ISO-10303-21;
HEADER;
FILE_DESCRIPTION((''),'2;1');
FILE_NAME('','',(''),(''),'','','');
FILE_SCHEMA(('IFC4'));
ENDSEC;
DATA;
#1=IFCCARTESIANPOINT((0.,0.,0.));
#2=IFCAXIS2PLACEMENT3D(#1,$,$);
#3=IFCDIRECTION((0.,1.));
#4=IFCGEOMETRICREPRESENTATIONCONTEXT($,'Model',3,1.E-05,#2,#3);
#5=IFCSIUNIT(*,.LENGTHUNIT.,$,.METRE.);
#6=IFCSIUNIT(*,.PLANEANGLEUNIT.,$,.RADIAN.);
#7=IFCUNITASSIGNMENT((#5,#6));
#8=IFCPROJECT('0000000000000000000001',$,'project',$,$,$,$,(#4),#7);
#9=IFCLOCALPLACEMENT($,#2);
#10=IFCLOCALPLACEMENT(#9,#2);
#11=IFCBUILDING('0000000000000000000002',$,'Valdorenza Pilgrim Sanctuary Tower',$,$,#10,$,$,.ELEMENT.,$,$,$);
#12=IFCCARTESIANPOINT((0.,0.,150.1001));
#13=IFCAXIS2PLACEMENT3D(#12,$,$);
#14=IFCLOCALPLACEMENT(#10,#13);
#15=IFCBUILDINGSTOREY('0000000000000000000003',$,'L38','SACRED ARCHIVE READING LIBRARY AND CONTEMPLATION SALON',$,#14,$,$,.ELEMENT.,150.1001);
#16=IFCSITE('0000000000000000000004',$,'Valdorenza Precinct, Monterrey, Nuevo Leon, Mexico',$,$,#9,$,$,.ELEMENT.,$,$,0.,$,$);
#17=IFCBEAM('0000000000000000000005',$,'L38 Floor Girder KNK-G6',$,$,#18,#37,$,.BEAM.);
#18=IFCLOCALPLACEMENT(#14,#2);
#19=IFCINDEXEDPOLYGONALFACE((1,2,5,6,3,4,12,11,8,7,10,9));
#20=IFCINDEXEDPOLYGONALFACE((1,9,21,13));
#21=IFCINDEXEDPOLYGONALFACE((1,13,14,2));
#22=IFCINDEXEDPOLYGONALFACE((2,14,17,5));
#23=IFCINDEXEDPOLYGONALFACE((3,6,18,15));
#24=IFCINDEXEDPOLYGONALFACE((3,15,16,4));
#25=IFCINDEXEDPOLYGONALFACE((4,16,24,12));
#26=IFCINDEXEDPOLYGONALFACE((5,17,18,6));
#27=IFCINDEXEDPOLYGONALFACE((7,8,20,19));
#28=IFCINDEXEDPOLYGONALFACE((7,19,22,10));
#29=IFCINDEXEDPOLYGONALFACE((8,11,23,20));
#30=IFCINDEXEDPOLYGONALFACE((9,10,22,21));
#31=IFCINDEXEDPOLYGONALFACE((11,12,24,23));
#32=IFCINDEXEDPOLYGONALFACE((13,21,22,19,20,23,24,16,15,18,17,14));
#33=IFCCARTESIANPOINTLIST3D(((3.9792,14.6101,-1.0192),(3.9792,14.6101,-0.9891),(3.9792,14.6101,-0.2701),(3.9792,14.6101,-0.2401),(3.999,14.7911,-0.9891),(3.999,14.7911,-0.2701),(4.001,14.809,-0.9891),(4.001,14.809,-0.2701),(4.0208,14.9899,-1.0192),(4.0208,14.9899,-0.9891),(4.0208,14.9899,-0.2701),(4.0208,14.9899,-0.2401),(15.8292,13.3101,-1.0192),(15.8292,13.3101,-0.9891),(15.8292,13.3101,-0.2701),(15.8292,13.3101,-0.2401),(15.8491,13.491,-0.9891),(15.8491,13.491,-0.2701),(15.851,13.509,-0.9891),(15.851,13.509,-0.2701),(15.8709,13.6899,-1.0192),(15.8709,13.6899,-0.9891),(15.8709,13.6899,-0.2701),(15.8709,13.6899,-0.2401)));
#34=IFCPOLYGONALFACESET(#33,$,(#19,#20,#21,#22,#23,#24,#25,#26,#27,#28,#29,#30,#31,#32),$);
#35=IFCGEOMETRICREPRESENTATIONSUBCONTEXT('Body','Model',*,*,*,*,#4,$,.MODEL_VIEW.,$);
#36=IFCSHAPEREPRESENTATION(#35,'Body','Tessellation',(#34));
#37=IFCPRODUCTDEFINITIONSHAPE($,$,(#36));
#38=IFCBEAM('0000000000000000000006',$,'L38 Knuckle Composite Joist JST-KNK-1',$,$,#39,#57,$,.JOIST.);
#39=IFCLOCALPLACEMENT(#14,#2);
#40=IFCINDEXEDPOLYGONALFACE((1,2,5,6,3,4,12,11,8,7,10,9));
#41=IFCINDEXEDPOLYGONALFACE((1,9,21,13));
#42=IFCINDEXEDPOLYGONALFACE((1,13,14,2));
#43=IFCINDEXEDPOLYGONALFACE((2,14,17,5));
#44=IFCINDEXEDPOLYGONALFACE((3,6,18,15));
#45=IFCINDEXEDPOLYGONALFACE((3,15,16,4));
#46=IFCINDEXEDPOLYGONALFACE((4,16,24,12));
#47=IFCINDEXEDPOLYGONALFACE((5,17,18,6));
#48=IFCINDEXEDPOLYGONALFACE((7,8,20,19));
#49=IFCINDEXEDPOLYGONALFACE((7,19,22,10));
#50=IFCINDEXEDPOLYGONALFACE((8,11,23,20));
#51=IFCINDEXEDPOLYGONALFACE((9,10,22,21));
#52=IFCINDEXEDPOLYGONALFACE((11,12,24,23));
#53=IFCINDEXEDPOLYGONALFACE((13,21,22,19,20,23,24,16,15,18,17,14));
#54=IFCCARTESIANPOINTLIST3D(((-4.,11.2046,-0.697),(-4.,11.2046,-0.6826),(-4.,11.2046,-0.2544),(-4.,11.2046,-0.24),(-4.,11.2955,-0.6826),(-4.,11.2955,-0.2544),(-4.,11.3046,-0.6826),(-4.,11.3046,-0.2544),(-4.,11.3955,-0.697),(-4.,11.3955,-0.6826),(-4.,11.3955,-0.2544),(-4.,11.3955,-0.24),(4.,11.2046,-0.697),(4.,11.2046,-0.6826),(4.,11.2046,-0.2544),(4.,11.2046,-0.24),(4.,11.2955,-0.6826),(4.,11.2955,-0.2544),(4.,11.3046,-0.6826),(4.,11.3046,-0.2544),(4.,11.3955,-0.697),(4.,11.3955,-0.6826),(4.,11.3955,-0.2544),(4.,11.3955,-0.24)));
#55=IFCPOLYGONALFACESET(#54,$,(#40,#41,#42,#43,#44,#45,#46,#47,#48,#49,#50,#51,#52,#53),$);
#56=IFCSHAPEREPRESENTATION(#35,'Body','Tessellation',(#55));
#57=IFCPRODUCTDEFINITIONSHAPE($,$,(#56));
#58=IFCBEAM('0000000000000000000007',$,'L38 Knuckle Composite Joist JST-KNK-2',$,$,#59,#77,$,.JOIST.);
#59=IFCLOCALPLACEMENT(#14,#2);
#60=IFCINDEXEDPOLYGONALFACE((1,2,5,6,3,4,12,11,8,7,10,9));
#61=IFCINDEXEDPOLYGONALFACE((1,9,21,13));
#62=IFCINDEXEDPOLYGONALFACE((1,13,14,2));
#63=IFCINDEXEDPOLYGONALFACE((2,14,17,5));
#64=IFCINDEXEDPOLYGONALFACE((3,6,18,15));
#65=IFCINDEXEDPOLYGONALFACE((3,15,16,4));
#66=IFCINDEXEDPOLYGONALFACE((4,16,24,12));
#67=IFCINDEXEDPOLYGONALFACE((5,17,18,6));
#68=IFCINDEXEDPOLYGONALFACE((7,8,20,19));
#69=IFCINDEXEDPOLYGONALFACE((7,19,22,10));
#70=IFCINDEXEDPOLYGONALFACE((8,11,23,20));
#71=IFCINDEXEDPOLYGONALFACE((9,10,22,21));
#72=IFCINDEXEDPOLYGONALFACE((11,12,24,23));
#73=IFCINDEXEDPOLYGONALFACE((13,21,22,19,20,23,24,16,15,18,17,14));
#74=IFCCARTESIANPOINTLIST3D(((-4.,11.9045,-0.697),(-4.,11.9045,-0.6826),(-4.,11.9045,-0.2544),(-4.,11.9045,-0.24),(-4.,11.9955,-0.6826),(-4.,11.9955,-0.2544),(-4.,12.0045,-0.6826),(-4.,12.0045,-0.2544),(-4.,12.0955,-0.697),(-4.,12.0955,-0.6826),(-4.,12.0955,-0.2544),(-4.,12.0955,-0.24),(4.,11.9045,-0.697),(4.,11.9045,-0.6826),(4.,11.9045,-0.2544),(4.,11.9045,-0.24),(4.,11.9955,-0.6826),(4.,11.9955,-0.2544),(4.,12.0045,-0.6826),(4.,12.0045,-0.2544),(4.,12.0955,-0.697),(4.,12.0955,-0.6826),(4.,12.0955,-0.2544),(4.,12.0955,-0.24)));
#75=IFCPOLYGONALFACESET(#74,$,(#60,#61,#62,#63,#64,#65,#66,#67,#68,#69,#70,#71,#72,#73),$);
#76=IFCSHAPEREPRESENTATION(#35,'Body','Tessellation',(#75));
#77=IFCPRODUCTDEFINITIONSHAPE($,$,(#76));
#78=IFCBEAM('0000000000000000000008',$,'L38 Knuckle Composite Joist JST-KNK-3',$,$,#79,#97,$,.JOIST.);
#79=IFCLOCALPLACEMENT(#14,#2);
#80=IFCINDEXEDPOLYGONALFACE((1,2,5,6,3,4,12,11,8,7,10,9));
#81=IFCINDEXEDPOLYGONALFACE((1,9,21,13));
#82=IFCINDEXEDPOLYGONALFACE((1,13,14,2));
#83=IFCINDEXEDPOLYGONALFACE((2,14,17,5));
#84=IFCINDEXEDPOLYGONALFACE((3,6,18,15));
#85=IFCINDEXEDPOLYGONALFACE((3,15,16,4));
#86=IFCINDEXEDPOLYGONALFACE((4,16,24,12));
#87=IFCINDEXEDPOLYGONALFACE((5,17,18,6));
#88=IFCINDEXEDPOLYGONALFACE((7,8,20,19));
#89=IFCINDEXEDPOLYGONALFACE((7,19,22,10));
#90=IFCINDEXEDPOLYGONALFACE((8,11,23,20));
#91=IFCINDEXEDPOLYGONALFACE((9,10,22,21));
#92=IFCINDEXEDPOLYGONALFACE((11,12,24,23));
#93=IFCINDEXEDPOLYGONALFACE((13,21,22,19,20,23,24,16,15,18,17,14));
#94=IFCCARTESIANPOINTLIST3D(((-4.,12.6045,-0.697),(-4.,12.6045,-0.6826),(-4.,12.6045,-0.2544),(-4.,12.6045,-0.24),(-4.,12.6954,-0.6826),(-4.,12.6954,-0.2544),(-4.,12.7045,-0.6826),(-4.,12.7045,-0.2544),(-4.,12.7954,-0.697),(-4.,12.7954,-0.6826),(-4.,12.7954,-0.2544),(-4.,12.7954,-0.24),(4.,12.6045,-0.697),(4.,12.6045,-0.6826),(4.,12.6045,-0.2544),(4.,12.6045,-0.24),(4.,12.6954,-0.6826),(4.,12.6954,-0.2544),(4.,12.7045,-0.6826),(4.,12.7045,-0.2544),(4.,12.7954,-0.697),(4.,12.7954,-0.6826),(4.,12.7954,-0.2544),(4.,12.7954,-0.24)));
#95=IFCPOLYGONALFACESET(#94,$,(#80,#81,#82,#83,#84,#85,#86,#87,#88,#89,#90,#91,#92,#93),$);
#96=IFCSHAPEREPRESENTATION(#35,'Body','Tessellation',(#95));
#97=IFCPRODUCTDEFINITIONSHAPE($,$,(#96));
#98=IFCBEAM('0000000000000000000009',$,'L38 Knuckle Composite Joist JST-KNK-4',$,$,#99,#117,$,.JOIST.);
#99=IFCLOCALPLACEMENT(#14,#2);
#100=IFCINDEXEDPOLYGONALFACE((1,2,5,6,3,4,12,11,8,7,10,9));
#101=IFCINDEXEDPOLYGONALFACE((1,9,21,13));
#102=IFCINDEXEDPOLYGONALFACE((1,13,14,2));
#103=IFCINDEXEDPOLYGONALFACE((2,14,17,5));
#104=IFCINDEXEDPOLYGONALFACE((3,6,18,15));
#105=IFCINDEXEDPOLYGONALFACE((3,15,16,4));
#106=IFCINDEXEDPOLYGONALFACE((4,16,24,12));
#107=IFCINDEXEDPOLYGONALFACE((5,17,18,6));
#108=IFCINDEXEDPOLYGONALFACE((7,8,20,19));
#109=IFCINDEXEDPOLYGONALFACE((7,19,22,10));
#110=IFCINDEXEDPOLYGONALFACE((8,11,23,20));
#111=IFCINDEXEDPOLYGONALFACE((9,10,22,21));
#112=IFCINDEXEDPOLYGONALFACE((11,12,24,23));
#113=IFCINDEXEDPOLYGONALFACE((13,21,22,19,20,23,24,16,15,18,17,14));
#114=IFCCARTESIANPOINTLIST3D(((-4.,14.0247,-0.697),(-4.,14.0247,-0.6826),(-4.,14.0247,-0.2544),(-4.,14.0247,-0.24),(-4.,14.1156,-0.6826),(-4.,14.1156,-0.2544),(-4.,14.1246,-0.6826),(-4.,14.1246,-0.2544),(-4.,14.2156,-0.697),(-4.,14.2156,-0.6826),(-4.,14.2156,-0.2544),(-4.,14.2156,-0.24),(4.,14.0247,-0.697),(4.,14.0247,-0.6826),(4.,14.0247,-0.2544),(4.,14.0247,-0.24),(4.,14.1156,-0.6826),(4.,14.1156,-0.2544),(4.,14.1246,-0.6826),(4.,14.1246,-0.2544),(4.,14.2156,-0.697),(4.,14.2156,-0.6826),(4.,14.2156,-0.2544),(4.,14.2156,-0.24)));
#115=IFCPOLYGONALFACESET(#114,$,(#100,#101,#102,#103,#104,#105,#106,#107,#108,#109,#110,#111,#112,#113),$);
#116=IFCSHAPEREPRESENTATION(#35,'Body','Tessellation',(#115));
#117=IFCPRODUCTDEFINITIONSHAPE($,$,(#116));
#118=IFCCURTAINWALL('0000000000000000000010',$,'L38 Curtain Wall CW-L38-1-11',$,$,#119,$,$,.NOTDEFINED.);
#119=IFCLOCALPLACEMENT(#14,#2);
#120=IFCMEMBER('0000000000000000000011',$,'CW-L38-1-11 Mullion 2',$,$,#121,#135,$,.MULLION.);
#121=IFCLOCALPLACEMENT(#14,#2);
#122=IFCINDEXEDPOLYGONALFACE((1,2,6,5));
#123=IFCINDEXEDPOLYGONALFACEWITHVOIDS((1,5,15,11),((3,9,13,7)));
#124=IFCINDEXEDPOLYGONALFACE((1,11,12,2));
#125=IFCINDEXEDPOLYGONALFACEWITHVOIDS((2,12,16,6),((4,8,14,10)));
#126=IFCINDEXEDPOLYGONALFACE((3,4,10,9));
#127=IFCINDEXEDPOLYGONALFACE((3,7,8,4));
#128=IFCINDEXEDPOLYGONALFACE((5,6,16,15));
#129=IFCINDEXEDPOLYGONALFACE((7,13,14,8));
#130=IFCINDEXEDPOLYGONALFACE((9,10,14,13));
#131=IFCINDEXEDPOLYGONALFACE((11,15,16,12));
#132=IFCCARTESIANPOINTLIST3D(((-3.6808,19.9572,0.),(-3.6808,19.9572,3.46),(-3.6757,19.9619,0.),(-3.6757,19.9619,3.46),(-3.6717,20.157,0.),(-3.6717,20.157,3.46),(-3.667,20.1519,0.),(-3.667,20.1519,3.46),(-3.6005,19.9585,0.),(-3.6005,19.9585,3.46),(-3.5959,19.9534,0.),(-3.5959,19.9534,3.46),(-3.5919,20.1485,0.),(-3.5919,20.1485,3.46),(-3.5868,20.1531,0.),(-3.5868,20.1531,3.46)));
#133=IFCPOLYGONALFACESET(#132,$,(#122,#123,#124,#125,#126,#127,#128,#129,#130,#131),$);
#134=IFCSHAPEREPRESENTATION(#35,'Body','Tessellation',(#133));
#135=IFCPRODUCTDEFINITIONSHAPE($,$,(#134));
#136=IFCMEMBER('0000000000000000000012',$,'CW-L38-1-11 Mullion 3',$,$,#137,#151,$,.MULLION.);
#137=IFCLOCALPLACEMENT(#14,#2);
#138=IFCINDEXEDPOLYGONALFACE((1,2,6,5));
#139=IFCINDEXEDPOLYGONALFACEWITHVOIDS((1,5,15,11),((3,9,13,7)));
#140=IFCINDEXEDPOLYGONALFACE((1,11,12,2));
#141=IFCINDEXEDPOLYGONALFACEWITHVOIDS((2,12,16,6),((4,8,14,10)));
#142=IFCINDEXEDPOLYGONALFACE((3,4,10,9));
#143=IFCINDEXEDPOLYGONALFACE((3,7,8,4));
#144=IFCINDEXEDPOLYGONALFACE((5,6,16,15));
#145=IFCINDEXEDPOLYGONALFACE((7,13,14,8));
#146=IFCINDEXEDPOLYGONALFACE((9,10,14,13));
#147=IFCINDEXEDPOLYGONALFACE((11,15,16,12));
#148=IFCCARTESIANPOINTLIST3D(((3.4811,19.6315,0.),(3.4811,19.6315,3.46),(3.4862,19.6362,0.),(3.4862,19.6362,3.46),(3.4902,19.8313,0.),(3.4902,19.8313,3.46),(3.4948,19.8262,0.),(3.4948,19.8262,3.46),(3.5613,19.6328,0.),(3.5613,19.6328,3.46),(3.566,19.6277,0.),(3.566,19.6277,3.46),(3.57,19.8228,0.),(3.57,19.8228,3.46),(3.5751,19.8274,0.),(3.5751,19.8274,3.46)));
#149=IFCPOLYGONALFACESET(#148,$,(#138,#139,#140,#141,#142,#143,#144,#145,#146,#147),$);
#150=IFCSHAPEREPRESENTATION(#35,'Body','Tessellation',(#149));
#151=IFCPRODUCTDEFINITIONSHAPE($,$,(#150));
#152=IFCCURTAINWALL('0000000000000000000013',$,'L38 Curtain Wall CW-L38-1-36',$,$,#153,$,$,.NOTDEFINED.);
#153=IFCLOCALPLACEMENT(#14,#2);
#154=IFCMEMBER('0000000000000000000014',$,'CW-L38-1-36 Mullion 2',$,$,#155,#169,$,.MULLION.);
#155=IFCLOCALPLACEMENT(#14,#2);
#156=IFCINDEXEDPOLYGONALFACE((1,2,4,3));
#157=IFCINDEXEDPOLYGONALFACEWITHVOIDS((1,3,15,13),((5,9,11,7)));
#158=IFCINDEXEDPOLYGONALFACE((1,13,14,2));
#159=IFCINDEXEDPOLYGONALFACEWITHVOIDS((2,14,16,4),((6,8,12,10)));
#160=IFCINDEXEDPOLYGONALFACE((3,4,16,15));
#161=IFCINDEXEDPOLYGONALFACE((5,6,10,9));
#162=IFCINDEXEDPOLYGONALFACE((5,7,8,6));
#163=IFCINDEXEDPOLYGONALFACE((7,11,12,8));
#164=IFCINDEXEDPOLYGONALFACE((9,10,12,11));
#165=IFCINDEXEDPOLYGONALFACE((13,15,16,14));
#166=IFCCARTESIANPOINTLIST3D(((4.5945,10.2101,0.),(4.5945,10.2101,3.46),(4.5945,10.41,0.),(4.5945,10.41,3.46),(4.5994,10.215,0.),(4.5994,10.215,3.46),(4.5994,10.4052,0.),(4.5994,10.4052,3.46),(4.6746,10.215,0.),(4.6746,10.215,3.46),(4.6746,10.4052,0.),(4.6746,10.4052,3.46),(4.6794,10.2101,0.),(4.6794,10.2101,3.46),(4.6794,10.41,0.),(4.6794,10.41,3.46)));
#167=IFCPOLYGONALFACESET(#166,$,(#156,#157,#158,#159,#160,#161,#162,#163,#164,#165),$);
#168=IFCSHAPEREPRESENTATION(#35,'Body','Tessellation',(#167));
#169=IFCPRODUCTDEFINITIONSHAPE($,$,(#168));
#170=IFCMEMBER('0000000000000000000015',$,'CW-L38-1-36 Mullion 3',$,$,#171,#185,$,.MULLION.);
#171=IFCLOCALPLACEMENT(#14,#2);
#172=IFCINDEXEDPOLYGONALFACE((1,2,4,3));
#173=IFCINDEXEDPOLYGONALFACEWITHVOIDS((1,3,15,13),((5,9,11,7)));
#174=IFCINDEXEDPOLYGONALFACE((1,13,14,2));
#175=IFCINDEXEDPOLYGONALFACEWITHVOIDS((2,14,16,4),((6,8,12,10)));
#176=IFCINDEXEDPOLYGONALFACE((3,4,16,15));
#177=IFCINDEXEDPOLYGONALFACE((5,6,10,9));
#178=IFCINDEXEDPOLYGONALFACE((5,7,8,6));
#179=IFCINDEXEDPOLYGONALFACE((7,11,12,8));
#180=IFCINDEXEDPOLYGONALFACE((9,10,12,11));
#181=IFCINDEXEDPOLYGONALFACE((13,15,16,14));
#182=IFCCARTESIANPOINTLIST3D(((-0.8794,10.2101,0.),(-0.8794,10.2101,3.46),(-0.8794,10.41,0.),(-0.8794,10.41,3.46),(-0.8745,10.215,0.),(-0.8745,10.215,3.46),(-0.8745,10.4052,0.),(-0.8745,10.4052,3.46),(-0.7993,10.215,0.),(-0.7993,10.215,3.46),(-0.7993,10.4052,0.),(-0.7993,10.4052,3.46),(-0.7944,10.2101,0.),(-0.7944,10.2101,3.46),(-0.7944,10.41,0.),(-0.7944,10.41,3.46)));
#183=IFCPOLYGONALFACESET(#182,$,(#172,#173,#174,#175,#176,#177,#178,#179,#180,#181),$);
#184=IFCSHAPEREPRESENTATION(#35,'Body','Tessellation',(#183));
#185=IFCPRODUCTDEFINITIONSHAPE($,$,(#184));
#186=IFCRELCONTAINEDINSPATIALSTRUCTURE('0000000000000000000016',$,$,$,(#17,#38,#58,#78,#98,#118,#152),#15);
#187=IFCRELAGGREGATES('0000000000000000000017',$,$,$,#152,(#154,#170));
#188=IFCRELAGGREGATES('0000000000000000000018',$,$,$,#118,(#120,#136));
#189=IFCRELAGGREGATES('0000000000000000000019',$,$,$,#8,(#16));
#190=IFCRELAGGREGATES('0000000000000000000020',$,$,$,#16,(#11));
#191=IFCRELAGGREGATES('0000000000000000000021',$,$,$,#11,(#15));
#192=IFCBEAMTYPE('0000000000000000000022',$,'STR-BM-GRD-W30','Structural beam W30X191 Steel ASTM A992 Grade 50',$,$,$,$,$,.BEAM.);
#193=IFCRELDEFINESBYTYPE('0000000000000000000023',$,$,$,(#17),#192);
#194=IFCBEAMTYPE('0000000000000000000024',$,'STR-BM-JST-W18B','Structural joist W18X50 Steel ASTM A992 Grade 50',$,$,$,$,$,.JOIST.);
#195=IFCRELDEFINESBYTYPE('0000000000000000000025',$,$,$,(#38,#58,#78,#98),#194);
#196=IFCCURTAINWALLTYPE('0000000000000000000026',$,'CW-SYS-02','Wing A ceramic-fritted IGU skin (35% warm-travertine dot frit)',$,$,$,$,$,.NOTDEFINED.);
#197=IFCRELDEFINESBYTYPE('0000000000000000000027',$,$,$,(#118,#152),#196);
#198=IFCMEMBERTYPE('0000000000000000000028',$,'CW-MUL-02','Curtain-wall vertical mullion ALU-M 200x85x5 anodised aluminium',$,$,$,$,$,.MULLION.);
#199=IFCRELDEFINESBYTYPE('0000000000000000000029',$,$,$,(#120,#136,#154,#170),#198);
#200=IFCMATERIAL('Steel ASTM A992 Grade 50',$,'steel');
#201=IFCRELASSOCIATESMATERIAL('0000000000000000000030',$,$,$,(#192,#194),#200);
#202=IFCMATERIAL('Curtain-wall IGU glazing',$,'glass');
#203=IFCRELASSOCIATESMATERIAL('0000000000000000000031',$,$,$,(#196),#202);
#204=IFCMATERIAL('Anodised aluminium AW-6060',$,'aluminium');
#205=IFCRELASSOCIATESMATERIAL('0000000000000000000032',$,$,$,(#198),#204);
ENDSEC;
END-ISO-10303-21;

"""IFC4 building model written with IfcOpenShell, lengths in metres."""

from ifc_helpers import new_model, si_unit, direction, frame, origin, origin_2d, place, context, subcontext, project, spatial, hollow_rectangle, i_section, extrude, source, transform, mapped, material, material_profile, profile_set, type_object, element, aggregate, save


model = new_model("IFC4")

# Units and contexts
model_context = context("Model", 3, precision=1e-05, world=origin(), true_north=direction((0.0, 1.0)))
body_context = subcontext(model_context, "Body", "Model", "MODEL_VIEW")
ifc_project = project(units=[si_unit("LENGTHUNIT", "METRE"), si_unit("PLANEANGLEUNIT", "RADIAN")], contexts=[model_context])

# Site, building, storey
site_placement = place(None, origin())
site = spatial("IfcSite", under=ifc_project, at=site_placement, Name="Valdorenza Precinct, Monterrey, Nuevo Leon, Mexico", CompositionType="ELEMENT", RefElevation=0.0)
building_placement = place(site_placement, origin())
building = spatial("IfcBuilding", under=site, at=building_placement, Name="Valdorenza Pilgrim Sanctuary Tower", CompositionType="ELEMENT")
storey_placement = place(building_placement, frame((0.0, 0.0, 150.1001)))
storey = spatial("IfcBuildingStorey", under=building, at=storey_placement, Name="L38", Description="SACRED ARCHIVE READING LIBRARY AND CONTEMPLATION SALON", CompositionType="ELEMENT", Elevation=150.1001)

# Shared definitions
ifc_material_1 = material(Name="Steel ASTM A992 Grade 50", Category="steel")

# Beams
ifc_material_profile_1 = material_profile(ifc_material_1, i_section(OverallWidth=0.3821, OverallDepth=0.7791, WebThickness=0.0181, FlangeThickness=0.03, at=origin_2d()), Name="W30X191")
ifc_profile_set_1 = profile_set([ifc_material_profile_1], Name="Steel ASTM A992 Grade 50")
beam_type_1 = type_object("IfcBeamType", Name="STR-BM-GRD-W30", Description="Structural beam W30X191 Steel ASTM A992 Grade 50", PredefinedType="BEAM", material=ifc_profile_set_1)
shared_shape_1 = source(origin(), body_context, "Body", "SweptSolid", [
    extrude(i_section(OverallWidth=0.3821, OverallDepth=0.7791, WebThickness=0.0181, FlangeThickness=0.03, at=origin_2d()), origin(), (0.0, 0.0, 1.0), 11.9211),
])
beam_1_placement = place(storey_placement, frame((4.0, 14.8, -0.6296), z_axis=(0.994036, -0.109054, 0.0), x_axis=(0.109054, 0.994036, 0.0)))
element("IfcBeam", 1, at=beam_1_placement, inside=storey, type_object=beam_type_1, Name="L38 Floor Girder KNK-G6", PredefinedType="BEAM", context=body_context, shape_type="MappedRepresentation", body=[
    mapped(shared_shape_1, transform((0.0, 0.0, 0.0), x_axis=(1.0, 0.0, 0.0), y_axis=(0.0, 1.0, 0.0), z_axis=(0.0, 0.0, 1.0), scale=1.0)),
])
ifc_material_profile_2 = material_profile(ifc_material_1, i_section(OverallWidth=0.1909, OverallDepth=0.457, WebThickness=0.009, FlangeThickness=0.0144, at=origin_2d()), Name="W18X50")
ifc_profile_set_2 = profile_set([ifc_material_profile_2], Name="Steel ASTM A992 Grade 50")
beam_type_2 = type_object("IfcBeamType", Name="STR-BM-JST-W18B", Description="Structural joist W18X50 Steel ASTM A992 Grade 50", PredefinedType="JOIST", material=ifc_profile_set_2)
shared_shape_2 = source(origin(), body_context, "Body", "SweptSolid", [
    extrude(i_section(OverallWidth=0.1909, OverallDepth=0.457, WebThickness=0.009, FlangeThickness=0.0144, at=origin_2d()), origin(), (0.0, 0.0, 1.0), 8.0),
])
for number, where, z_axis, x_axis, name in (
    (2, (-4.0, 11.3, -0.4685), (1.0, 0.0, 0.0), (0.0, 1.0, 0.0), "L38 Knuckle Composite Joist JST-KNK-1"),
    (3, (-4.0, 12.0, -0.4685), (1.0, 0.0, 0.0), (0.0, 1.0, 0.0), "L38 Knuckle Composite Joist JST-KNK-2"),
    (4, (-4.0, 12.7, -0.4685), (1.0, 0.0, 0.0), (0.0, 1.0, 0.0), "L38 Knuckle Composite Joist JST-KNK-3"),
    (5, (-4.0, 14.1201, -0.4685), (1.0, 0.0, 0.0), (0.0, 1.0, 0.0), "L38 Knuckle Composite Joist JST-KNK-4"),
):
    element("IfcBeam", number, at=place(storey_placement, frame(where, z_axis=z_axis, x_axis=x_axis)), inside=storey, type_object=beam_type_2, Name=name, PredefinedType="JOIST", context=body_context, shape_type="MappedRepresentation", body=[
        mapped(shared_shape_2, transform((0.0, 0.0, 0.0), x_axis=(1.0, 0.0, 0.0), y_axis=(0.0, 1.0, 0.0), z_axis=(0.0, 0.0, 1.0), scale=1.0)),
    ])

# Curtain wall, members
ifc_material_2 = material(Name="Curtain-wall IGU glazing", Category="glass")
curtain_wall_type = type_object("IfcCurtainWallType", Name="CW-SYS-02", Description="Wing A ceramic-fritted IGU skin (35% warm-travertine dot frit)", PredefinedType="NOTDEFINED", material=ifc_material_2)
curtain_wall_1_placement = place(storey_placement, origin())
curtain_wall_1 = element("IfcCurtainWall", 6, at=curtain_wall_1_placement, inside=storey, type_object=curtain_wall_type, Name="L38 Curtain Wall CW-L38-1-11", PredefinedType="NOTDEFINED")
ifc_material_3 = material(Name="Anodised aluminium AW-6060", Category="aluminium")
ifc_material_profile_3 = material_profile(ifc_material_3, hollow_rectangle(XDim=0.085, YDim=0.2, WallThickness=0.0049, at=origin_2d()), Name="ALU-M 200x85x5")
ifc_profile_set_3 = profile_set([ifc_material_profile_3], Name="Anodised aluminium AW-6060")
member_type = type_object("IfcMemberType", Name="CW-MUL-02", Description="Curtain-wall vertical mullion ALU-M 200x85x5 anodised aluminium", PredefinedType="MULLION", material=ifc_profile_set_3)
shared_shape_3 = source(origin(), body_context, "Body", "SweptSolid", [
    extrude(hollow_rectangle(XDim=0.085, YDim=0.2, WallThickness=0.0049, at=origin_2d()), origin(), (0.0, 0.0, 1.0), 3.46),
])
member_1_placement = place(storey_placement, frame((-3.6338, 20.0552, 0.0), z_axis=(0.0, 0.0, 1.0), x_axis=(0.998968, -0.045415, 0.0)))
member_1 = element("IfcMember", 7, at=member_1_placement, type_object=member_type, Name="CW-L38-1-11 Mullion 2", PredefinedType="MULLION", context=body_context, shape_type="MappedRepresentation", body=[
    mapped(shared_shape_3, transform((0.0, 0.0, 0.0), x_axis=(1.0, 0.0, 0.0), y_axis=(0.0, 1.0, 0.0), z_axis=(0.0, 0.0, 1.0), scale=1.0)),
])
member_2_placement = place(storey_placement, frame((3.5281, 19.7295, 0.0), z_axis=(0.0, 0.0, 1.0), x_axis=(0.998968, -0.045415, 0.0)))
member_2 = element("IfcMember", 8, at=member_2_placement, type_object=member_type, Name="CW-L38-1-11 Mullion 3", PredefinedType="MULLION", context=body_context, shape_type="MappedRepresentation", body=[
    mapped(shared_shape_3, transform((0.0, 0.0, 0.0), x_axis=(1.0, 0.0, 0.0), y_axis=(0.0, 1.0, 0.0), z_axis=(0.0, 0.0, 1.0), scale=1.0)),
])

# Curtain wall, members
curtain_wall_2_placement = place(storey_placement, origin())
curtain_wall_2 = element("IfcCurtainWall", 9, at=curtain_wall_2_placement, inside=storey, type_object=curtain_wall_type, Name="L38 Curtain Wall CW-L38-1-36", PredefinedType="NOTDEFINED")
member_3_placement = place(storey_placement, frame((4.637, 10.3101, 0.0), z_axis=(0.0, 0.0, 1.0), x_axis=(-1.0, 0.0, 0.0)))
member_3 = element("IfcMember", 10, at=member_3_placement, type_object=member_type, Name="CW-L38-1-36 Mullion 2", PredefinedType="MULLION", context=body_context, shape_type="MappedRepresentation", body=[
    mapped(shared_shape_3, transform((0.0, 0.0, 0.0), x_axis=(1.0, 0.0, 0.0), y_axis=(0.0, 1.0, 0.0), z_axis=(0.0, 0.0, 1.0), scale=1.0)),
])
member_4_placement = place(storey_placement, frame((-0.8369, 10.3101, 0.0), z_axis=(0.0, 0.0, 1.0), x_axis=(-1.0, 0.0, 0.0)))
member_4 = element("IfcMember", 11, at=member_4_placement, type_object=member_type, Name="CW-L38-1-36 Mullion 3", PredefinedType="MULLION", context=body_context, shape_type="MappedRepresentation", body=[
    mapped(shared_shape_3, transform((0.0, 0.0, 0.0), x_axis=(1.0, 0.0, 0.0), y_axis=(0.0, 1.0, 0.0), z_axis=(0.0, 0.0, 1.0), scale=1.0)),
])
aggregate(curtain_wall_2, [member_3, member_4])

aggregate(curtain_wall_1, [member_1, member_2])

save(model, "model.ifc")
